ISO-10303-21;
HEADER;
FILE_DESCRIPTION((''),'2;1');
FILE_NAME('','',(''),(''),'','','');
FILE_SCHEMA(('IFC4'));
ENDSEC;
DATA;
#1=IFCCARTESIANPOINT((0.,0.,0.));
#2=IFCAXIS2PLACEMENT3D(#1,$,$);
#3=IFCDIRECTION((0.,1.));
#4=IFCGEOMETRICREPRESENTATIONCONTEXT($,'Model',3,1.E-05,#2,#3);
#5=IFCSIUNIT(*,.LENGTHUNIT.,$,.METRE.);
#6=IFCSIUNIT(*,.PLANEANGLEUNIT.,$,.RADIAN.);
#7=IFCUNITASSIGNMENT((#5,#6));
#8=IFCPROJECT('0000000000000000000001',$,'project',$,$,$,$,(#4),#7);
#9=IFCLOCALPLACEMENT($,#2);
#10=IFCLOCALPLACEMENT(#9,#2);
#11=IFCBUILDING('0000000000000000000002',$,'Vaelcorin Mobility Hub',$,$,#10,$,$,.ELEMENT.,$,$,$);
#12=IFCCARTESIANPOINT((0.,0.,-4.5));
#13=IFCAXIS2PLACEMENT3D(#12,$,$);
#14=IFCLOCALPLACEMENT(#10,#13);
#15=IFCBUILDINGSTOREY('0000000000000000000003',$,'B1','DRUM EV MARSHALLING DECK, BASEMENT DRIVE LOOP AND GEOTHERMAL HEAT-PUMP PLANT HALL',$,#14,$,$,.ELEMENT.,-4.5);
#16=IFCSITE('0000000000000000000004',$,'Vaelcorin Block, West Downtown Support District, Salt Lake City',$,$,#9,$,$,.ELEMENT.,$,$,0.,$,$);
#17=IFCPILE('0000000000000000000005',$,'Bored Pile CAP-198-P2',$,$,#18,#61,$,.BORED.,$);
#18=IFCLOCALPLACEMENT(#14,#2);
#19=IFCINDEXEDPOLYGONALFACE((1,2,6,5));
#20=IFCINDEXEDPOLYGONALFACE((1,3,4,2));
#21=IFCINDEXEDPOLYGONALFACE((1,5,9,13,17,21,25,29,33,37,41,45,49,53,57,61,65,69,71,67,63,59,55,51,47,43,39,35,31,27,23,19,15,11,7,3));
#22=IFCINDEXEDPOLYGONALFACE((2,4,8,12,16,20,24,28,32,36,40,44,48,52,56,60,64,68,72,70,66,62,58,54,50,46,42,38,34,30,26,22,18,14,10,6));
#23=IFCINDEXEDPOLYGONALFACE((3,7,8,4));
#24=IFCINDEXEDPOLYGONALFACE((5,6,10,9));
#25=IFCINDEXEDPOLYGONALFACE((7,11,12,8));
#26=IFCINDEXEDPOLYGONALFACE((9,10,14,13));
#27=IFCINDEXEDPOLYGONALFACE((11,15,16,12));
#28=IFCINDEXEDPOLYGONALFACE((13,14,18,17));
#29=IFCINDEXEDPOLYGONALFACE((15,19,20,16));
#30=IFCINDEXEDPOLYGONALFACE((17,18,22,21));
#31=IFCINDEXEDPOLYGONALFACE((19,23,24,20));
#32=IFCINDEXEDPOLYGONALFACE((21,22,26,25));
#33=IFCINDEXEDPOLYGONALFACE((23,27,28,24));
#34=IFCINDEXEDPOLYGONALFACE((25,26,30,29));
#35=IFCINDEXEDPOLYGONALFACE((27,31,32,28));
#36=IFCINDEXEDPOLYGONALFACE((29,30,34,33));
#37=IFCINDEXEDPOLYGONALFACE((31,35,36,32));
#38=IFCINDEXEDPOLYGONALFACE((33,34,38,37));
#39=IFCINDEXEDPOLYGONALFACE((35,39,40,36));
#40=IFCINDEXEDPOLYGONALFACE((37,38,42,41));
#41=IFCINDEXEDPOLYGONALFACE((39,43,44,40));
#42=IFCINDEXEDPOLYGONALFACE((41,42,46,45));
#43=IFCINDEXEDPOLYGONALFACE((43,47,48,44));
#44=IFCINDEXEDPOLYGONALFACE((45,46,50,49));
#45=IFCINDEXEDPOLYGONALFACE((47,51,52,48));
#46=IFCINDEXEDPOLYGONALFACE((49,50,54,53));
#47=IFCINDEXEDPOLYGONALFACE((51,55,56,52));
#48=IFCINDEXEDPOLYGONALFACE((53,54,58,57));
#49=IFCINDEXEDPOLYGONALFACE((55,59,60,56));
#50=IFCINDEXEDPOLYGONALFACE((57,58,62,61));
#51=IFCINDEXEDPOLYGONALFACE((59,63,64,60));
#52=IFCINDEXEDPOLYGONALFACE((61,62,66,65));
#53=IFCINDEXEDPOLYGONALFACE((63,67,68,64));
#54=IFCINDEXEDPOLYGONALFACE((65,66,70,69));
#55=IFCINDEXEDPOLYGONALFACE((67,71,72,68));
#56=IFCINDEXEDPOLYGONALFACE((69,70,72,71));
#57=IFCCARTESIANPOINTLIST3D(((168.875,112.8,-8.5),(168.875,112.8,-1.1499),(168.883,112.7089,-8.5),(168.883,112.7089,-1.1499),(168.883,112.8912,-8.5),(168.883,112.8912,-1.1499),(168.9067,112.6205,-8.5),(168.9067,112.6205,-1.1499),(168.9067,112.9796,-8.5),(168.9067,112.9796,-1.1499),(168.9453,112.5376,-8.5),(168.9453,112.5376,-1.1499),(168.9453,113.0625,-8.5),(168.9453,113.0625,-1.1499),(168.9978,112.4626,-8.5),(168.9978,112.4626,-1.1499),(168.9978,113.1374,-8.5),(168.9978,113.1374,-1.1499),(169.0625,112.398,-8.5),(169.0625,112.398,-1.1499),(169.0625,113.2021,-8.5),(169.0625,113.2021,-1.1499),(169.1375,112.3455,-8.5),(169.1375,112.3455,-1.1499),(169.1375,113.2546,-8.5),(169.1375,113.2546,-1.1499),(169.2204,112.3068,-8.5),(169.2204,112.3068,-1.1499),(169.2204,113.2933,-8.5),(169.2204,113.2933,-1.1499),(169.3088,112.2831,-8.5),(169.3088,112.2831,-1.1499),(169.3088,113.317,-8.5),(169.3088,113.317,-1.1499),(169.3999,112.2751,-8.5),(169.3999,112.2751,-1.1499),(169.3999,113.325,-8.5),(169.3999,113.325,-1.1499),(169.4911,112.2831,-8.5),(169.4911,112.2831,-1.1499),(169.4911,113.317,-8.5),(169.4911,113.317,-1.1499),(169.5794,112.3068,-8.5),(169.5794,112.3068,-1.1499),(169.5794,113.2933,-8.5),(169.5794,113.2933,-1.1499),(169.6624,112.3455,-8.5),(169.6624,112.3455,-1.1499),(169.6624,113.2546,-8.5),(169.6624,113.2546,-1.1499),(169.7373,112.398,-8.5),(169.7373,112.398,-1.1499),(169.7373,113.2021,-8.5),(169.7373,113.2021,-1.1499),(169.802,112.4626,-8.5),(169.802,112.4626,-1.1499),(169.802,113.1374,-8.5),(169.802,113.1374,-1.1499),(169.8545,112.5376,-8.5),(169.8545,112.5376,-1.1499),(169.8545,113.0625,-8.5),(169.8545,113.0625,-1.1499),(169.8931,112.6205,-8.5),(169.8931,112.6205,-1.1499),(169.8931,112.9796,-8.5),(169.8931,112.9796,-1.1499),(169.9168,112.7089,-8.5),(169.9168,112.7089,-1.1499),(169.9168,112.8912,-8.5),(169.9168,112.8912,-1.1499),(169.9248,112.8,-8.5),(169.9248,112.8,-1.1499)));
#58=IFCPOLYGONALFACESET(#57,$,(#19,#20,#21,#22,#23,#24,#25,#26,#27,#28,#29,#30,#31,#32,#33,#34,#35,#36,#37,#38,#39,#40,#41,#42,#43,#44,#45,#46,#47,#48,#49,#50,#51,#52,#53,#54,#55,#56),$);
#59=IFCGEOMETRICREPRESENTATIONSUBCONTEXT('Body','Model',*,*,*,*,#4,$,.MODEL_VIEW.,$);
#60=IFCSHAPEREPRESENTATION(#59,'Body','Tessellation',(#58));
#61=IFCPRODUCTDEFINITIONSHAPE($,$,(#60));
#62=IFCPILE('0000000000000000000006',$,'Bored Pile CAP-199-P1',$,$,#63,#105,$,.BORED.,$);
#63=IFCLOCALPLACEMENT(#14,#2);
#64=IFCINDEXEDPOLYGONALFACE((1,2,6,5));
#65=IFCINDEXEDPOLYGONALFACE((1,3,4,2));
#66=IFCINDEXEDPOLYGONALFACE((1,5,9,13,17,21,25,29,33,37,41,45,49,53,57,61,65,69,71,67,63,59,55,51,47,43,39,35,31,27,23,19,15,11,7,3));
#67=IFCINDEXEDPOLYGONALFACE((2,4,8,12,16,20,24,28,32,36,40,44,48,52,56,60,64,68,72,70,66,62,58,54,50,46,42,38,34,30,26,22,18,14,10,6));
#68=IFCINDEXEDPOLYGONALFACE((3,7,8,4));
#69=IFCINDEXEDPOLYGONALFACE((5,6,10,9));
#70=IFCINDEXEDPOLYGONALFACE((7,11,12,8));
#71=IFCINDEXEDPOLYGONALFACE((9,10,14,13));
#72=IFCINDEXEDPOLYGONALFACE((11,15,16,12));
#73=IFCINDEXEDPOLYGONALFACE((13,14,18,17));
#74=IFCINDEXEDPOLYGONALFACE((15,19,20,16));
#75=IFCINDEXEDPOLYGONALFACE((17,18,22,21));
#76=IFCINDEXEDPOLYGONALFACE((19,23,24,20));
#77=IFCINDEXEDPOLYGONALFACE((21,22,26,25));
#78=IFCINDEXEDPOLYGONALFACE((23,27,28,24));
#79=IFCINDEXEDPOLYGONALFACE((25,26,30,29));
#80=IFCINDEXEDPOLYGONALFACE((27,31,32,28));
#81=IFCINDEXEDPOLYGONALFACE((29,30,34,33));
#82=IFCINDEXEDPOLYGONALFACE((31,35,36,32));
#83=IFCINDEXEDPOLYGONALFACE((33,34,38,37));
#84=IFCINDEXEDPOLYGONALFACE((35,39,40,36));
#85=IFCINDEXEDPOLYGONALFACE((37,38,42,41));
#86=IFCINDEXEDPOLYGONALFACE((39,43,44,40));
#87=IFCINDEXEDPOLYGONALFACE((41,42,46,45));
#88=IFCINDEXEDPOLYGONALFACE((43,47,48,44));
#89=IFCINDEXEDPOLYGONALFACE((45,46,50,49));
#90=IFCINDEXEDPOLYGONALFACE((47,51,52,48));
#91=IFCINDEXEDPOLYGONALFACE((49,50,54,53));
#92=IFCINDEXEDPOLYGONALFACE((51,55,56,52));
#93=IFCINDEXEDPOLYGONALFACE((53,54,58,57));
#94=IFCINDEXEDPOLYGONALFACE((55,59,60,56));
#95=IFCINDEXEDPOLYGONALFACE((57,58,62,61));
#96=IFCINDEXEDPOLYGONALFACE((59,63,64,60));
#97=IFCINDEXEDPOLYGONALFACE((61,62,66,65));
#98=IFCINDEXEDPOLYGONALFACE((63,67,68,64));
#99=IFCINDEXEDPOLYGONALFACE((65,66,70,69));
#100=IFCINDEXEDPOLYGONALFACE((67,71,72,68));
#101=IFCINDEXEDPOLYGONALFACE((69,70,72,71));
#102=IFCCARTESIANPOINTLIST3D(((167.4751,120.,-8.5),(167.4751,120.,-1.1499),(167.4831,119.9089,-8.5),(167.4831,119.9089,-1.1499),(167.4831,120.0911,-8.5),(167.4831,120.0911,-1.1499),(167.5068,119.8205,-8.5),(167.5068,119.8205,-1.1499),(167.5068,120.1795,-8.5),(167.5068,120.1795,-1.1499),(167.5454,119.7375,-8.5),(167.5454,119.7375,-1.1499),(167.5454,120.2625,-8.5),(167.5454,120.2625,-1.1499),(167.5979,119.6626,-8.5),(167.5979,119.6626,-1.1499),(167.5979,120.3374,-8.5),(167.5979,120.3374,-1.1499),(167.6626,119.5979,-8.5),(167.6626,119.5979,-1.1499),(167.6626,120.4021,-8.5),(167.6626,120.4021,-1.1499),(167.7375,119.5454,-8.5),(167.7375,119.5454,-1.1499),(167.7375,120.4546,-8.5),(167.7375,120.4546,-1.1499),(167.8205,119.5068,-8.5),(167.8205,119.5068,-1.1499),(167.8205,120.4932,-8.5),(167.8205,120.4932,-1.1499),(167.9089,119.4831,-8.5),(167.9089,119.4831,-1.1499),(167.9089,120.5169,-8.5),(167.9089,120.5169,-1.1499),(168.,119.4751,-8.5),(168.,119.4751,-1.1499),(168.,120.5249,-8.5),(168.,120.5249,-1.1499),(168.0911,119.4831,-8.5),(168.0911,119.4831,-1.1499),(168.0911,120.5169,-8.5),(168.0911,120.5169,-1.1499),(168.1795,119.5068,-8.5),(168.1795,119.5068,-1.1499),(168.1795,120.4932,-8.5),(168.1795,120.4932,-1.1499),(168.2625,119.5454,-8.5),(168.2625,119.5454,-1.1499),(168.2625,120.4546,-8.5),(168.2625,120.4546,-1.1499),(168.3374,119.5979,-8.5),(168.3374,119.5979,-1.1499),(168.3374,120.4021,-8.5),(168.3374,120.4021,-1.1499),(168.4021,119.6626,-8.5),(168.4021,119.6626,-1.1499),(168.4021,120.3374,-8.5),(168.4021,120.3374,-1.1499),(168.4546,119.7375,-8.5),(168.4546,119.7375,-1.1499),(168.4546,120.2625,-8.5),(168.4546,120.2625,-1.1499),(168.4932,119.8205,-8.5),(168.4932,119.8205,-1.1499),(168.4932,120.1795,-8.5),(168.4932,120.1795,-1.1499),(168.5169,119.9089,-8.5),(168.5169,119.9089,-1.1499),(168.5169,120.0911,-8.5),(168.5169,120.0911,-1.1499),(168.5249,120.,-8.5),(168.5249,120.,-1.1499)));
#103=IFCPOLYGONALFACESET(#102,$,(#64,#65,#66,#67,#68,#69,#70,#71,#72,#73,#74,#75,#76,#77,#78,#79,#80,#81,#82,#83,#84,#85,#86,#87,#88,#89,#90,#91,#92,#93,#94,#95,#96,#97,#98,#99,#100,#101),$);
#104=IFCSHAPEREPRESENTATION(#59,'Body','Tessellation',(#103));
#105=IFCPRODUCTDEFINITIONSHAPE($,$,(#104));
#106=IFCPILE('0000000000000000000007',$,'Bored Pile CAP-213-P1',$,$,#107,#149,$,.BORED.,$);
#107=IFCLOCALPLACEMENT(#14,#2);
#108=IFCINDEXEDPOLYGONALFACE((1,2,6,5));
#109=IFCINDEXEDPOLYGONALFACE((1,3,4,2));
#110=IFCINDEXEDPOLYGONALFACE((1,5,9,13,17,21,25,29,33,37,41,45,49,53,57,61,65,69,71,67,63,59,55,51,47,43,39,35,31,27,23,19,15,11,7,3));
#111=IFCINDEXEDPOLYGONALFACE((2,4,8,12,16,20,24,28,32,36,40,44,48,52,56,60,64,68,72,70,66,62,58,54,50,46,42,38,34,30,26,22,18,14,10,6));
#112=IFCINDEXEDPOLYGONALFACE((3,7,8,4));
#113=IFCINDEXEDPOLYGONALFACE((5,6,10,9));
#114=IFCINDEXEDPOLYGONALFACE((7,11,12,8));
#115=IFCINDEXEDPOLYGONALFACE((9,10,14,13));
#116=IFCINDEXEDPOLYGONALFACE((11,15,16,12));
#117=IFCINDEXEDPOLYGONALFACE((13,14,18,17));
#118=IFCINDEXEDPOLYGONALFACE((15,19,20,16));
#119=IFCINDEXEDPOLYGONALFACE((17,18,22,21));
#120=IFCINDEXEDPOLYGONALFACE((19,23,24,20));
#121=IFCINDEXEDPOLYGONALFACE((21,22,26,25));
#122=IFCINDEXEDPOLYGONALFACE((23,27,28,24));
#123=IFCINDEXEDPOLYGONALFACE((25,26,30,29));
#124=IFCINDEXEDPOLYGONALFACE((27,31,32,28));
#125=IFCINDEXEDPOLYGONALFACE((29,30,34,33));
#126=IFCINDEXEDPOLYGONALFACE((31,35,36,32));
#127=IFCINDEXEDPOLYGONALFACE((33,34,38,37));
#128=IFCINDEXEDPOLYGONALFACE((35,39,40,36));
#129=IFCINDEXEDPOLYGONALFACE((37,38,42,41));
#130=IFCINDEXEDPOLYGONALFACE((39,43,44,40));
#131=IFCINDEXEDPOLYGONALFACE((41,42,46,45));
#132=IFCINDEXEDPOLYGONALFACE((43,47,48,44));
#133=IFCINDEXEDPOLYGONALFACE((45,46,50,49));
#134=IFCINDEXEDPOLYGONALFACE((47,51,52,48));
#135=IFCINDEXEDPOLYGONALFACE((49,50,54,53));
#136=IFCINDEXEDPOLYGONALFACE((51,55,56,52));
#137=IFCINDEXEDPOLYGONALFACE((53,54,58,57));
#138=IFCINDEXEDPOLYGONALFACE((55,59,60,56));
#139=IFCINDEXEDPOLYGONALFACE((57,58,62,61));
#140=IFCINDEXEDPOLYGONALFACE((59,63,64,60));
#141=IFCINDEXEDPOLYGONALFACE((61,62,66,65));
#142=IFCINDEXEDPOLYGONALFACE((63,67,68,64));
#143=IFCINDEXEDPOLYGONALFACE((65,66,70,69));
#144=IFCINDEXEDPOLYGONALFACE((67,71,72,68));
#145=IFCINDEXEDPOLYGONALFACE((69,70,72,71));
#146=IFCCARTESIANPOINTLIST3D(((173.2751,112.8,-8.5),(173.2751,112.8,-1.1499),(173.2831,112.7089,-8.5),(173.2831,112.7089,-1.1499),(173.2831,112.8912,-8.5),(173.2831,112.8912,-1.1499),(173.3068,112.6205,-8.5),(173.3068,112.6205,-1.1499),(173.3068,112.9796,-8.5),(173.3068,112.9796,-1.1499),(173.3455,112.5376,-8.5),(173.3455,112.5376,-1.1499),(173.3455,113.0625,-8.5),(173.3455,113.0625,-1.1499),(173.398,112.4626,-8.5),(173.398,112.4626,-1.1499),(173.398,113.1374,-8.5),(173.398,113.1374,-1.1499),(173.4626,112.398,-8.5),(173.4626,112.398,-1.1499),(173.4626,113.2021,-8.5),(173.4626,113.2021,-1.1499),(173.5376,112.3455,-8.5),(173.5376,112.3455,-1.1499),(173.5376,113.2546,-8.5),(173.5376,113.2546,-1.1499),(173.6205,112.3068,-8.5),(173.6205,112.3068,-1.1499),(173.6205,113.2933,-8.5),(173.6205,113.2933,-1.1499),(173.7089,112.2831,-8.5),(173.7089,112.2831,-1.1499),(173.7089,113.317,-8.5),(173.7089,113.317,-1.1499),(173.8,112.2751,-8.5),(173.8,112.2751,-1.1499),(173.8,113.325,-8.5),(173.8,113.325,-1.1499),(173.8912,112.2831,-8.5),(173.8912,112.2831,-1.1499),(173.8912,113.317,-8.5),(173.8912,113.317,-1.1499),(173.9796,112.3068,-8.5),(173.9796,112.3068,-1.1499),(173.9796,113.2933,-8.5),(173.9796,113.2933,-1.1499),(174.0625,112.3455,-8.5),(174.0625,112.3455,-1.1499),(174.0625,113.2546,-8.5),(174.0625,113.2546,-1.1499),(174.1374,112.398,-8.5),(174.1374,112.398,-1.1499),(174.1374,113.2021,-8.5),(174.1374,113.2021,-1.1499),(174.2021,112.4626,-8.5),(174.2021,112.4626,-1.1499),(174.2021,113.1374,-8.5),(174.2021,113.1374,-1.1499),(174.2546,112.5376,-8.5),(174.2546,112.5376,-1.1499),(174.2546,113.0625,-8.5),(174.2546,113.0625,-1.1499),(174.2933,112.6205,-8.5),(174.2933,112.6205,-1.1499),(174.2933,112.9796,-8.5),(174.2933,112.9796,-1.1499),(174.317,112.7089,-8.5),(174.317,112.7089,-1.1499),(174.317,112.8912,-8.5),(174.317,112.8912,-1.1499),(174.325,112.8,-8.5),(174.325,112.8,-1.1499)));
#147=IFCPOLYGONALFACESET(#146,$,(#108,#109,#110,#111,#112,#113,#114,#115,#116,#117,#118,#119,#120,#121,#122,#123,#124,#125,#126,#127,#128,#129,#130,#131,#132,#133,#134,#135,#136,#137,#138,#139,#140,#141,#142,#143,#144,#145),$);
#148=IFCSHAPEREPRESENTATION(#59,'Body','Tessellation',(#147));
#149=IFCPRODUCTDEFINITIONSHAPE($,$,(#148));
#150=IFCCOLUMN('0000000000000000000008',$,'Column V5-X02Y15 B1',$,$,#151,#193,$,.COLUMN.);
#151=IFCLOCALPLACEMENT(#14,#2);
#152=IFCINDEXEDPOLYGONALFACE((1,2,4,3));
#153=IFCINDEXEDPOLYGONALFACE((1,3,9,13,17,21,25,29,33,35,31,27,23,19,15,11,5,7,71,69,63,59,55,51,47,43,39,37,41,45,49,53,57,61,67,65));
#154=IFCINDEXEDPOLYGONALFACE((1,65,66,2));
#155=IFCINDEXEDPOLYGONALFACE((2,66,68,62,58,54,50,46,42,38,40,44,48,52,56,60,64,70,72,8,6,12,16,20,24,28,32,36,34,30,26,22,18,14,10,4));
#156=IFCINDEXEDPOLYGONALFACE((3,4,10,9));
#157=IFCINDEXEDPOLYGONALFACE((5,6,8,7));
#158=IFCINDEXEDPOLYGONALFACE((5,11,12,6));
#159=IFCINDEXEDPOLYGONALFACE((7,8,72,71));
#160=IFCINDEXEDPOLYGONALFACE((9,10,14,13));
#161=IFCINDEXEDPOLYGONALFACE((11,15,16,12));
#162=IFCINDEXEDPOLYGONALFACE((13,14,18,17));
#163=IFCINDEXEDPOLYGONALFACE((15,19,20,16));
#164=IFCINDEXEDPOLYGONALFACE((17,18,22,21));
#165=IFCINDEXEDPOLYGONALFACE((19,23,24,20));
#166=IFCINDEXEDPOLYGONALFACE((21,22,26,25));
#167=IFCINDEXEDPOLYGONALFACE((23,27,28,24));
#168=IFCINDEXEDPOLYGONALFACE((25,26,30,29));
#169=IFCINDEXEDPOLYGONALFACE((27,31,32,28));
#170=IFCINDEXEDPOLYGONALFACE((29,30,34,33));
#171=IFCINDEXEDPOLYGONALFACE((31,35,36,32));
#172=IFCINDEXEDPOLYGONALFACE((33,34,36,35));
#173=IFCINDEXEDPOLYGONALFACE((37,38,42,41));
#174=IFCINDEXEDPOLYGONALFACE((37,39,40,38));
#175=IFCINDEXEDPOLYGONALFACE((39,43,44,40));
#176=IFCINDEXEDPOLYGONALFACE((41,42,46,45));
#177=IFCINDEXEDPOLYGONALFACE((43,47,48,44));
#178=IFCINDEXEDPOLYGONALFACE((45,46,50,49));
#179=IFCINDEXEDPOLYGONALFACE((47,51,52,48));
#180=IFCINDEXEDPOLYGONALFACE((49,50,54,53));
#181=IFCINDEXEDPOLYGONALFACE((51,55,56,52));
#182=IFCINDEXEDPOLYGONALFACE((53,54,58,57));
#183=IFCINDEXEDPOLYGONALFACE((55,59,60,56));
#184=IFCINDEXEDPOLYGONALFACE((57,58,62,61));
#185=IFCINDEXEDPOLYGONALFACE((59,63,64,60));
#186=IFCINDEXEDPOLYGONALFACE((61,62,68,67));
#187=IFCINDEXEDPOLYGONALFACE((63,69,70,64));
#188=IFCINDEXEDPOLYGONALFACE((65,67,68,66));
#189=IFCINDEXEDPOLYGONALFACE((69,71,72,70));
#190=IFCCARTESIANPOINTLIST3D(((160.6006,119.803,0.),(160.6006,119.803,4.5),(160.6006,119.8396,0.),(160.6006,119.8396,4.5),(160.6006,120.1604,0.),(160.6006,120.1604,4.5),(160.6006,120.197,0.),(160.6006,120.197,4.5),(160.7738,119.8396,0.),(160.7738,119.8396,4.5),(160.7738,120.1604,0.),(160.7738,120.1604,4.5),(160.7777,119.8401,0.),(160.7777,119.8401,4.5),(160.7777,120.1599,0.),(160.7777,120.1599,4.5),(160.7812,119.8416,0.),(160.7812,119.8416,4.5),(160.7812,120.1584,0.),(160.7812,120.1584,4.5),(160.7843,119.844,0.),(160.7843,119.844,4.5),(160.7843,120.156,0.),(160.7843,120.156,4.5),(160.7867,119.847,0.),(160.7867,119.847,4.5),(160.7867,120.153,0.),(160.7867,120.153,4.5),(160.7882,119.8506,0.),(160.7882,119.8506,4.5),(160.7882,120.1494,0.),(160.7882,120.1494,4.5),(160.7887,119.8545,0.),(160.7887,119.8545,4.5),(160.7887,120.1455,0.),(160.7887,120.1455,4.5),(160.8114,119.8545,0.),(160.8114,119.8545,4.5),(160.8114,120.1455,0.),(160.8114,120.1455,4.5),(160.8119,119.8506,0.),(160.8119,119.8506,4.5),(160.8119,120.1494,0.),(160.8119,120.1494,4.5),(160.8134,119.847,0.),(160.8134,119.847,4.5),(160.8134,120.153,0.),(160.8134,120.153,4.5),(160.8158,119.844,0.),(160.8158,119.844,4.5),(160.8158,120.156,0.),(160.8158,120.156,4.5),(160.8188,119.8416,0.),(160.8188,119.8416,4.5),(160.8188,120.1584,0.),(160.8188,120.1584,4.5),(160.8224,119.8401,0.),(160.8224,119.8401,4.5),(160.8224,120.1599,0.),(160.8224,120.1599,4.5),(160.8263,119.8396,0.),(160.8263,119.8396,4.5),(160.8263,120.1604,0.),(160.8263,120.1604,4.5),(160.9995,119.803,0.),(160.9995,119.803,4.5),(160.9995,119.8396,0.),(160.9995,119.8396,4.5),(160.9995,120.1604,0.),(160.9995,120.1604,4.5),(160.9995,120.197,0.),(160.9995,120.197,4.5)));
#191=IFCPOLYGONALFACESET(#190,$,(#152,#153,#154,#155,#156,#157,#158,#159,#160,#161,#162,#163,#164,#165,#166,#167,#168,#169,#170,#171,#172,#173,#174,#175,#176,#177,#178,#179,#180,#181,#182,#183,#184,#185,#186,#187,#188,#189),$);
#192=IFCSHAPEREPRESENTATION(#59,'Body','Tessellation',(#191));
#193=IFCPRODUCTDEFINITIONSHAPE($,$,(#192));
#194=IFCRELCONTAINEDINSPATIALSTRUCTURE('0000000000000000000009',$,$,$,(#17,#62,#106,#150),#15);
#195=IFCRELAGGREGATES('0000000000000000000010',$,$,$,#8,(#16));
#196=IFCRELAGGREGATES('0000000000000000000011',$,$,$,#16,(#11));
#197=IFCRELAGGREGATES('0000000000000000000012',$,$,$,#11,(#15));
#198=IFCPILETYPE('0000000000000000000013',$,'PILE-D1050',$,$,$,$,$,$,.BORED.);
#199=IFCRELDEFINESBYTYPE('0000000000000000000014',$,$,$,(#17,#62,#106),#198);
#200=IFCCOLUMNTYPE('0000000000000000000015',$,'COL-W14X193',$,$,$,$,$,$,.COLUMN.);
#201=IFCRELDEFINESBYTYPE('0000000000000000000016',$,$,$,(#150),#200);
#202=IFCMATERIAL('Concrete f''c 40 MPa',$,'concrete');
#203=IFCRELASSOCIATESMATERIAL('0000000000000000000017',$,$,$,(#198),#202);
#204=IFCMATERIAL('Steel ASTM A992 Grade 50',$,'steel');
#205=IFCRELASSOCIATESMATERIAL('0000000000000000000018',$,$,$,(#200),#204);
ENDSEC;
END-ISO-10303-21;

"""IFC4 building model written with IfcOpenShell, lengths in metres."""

from ifc_helpers import new_model, si_unit, direction, frame, origin, origin_2d, place, context, subcontext, project, spatial, circle, i_section, extrude, material, material_profile, profile_set, type_object, element, save


model = new_model("IFC4")

# Units and contexts
model_context = context("Model", 3, precision=1e-05, world=origin(), true_north=direction((0.0, 1.0)))
body_context = subcontext(model_context, "Body", "Model", "MODEL_VIEW")
ifc_project = project(units=[si_unit("LENGTHUNIT", "METRE"), si_unit("PLANEANGLEUNIT", "RADIAN")], contexts=[model_context])

# Site, building, storey
site_placement = place(None, origin())
site = spatial("IfcSite", under=ifc_project, at=site_placement, Name="Vaelcorin Block, West Downtown Support District, Salt Lake City", CompositionType="ELEMENT", RefElevation=0.0)
building_placement = place(site_placement, origin())
building = spatial("IfcBuilding", under=site, at=building_placement, Name="Vaelcorin Mobility Hub", CompositionType="ELEMENT")
storey_placement = place(building_placement, frame((0.0, 0.0, -4.5)))
storey = spatial("IfcBuildingStorey", under=building, at=storey_placement, Name="B1", Description="DRUM EV MARSHALLING DECK, BASEMENT DRIVE LOOP AND GEOTHERMAL HEAT-PUMP PLANT HALL", CompositionType="ELEMENT", Elevation=-4.5)

# Shared definitions
ifc_material_1 = material(Name="Concrete f'c 40 MPa", Category="concrete")

# Piles
ifc_material_profile_1 = material_profile(ifc_material_1, circle(Radius=0.5249, at=origin_2d()), Name="BP-D1050")
ifc_profile_set_1 = profile_set([ifc_material_profile_1], Name="Concrete f'c 40 MPa")
pile_type = type_object("IfcPileType", Name="PILE-D1050", PredefinedType="BORED", material=ifc_profile_set_1)
for number, where, z_axis, x_axis, name in (
    (1, (169.3999, 112.8, -1.1499), (0.0, 0.0, -1.0), (1.0, 0.0, 0.0), "Bored Pile CAP-198-P2"),
    (2, (168.0, 120.0, -1.1499), (0.0, 0.0, -1.0), (1.0, 0.0, 0.0), "Bored Pile CAP-199-P1"),
    (3, (173.8, 112.8, -1.1499), (0.0, 0.0, -1.0), (1.0, 0.0, 0.0), "Bored Pile CAP-213-P1"),
):
    element("IfcPile", number, at=place(storey_placement, frame(where, z_axis=z_axis, x_axis=x_axis)), inside=storey, type_object=pile_type, Name=name, PredefinedType="BORED", context=body_context, shape_type="SweptSolid", body=[
        extrude(circle(Radius=0.5249, at=origin_2d()), origin(), (0.0, 0.0, 1.0), 7.3501),
    ])

# Column
ifc_material_2 = material(Name="Steel ASTM A992 Grade 50", Category="steel")
ifc_material_profile_2 = material_profile(ifc_material_2, i_section(OverallWidth=0.3989, OverallDepth=0.394, WebThickness=0.0227, FlangeThickness=0.0366, FilletRadius=0.0149, at=origin_2d()), Name="W14X193")
ifc_profile_set_2 = profile_set([ifc_material_profile_2], Name="Steel ASTM A992 Grade 50")
column_type = type_object("IfcColumnType", Name="COL-W14X193", PredefinedType="COLUMN", material=ifc_profile_set_2)
for number, where, z_axis, x_axis, name in (
    (4, (160.8, 120.0, 0.0), (0.0, 0.0, 1.0), (1.0, 0.0, 0.0), "Column V5-X02Y15 B1"),
):
    element("IfcColumn", number, at=place(storey_placement, frame(where, z_axis=z_axis, x_axis=x_axis)), inside=storey, type_object=column_type, Name=name, PredefinedType="COLUMN", context=body_context, shape_type="SweptSolid", body=[
        extrude(i_section(OverallWidth=0.3989, OverallDepth=0.394, WebThickness=0.0227, FlangeThickness=0.0366, FilletRadius=0.0149, at=origin_2d()), origin(), (0.0, 0.0, 1.0), 4.5),
    ])

save(model, "model.ifc")
